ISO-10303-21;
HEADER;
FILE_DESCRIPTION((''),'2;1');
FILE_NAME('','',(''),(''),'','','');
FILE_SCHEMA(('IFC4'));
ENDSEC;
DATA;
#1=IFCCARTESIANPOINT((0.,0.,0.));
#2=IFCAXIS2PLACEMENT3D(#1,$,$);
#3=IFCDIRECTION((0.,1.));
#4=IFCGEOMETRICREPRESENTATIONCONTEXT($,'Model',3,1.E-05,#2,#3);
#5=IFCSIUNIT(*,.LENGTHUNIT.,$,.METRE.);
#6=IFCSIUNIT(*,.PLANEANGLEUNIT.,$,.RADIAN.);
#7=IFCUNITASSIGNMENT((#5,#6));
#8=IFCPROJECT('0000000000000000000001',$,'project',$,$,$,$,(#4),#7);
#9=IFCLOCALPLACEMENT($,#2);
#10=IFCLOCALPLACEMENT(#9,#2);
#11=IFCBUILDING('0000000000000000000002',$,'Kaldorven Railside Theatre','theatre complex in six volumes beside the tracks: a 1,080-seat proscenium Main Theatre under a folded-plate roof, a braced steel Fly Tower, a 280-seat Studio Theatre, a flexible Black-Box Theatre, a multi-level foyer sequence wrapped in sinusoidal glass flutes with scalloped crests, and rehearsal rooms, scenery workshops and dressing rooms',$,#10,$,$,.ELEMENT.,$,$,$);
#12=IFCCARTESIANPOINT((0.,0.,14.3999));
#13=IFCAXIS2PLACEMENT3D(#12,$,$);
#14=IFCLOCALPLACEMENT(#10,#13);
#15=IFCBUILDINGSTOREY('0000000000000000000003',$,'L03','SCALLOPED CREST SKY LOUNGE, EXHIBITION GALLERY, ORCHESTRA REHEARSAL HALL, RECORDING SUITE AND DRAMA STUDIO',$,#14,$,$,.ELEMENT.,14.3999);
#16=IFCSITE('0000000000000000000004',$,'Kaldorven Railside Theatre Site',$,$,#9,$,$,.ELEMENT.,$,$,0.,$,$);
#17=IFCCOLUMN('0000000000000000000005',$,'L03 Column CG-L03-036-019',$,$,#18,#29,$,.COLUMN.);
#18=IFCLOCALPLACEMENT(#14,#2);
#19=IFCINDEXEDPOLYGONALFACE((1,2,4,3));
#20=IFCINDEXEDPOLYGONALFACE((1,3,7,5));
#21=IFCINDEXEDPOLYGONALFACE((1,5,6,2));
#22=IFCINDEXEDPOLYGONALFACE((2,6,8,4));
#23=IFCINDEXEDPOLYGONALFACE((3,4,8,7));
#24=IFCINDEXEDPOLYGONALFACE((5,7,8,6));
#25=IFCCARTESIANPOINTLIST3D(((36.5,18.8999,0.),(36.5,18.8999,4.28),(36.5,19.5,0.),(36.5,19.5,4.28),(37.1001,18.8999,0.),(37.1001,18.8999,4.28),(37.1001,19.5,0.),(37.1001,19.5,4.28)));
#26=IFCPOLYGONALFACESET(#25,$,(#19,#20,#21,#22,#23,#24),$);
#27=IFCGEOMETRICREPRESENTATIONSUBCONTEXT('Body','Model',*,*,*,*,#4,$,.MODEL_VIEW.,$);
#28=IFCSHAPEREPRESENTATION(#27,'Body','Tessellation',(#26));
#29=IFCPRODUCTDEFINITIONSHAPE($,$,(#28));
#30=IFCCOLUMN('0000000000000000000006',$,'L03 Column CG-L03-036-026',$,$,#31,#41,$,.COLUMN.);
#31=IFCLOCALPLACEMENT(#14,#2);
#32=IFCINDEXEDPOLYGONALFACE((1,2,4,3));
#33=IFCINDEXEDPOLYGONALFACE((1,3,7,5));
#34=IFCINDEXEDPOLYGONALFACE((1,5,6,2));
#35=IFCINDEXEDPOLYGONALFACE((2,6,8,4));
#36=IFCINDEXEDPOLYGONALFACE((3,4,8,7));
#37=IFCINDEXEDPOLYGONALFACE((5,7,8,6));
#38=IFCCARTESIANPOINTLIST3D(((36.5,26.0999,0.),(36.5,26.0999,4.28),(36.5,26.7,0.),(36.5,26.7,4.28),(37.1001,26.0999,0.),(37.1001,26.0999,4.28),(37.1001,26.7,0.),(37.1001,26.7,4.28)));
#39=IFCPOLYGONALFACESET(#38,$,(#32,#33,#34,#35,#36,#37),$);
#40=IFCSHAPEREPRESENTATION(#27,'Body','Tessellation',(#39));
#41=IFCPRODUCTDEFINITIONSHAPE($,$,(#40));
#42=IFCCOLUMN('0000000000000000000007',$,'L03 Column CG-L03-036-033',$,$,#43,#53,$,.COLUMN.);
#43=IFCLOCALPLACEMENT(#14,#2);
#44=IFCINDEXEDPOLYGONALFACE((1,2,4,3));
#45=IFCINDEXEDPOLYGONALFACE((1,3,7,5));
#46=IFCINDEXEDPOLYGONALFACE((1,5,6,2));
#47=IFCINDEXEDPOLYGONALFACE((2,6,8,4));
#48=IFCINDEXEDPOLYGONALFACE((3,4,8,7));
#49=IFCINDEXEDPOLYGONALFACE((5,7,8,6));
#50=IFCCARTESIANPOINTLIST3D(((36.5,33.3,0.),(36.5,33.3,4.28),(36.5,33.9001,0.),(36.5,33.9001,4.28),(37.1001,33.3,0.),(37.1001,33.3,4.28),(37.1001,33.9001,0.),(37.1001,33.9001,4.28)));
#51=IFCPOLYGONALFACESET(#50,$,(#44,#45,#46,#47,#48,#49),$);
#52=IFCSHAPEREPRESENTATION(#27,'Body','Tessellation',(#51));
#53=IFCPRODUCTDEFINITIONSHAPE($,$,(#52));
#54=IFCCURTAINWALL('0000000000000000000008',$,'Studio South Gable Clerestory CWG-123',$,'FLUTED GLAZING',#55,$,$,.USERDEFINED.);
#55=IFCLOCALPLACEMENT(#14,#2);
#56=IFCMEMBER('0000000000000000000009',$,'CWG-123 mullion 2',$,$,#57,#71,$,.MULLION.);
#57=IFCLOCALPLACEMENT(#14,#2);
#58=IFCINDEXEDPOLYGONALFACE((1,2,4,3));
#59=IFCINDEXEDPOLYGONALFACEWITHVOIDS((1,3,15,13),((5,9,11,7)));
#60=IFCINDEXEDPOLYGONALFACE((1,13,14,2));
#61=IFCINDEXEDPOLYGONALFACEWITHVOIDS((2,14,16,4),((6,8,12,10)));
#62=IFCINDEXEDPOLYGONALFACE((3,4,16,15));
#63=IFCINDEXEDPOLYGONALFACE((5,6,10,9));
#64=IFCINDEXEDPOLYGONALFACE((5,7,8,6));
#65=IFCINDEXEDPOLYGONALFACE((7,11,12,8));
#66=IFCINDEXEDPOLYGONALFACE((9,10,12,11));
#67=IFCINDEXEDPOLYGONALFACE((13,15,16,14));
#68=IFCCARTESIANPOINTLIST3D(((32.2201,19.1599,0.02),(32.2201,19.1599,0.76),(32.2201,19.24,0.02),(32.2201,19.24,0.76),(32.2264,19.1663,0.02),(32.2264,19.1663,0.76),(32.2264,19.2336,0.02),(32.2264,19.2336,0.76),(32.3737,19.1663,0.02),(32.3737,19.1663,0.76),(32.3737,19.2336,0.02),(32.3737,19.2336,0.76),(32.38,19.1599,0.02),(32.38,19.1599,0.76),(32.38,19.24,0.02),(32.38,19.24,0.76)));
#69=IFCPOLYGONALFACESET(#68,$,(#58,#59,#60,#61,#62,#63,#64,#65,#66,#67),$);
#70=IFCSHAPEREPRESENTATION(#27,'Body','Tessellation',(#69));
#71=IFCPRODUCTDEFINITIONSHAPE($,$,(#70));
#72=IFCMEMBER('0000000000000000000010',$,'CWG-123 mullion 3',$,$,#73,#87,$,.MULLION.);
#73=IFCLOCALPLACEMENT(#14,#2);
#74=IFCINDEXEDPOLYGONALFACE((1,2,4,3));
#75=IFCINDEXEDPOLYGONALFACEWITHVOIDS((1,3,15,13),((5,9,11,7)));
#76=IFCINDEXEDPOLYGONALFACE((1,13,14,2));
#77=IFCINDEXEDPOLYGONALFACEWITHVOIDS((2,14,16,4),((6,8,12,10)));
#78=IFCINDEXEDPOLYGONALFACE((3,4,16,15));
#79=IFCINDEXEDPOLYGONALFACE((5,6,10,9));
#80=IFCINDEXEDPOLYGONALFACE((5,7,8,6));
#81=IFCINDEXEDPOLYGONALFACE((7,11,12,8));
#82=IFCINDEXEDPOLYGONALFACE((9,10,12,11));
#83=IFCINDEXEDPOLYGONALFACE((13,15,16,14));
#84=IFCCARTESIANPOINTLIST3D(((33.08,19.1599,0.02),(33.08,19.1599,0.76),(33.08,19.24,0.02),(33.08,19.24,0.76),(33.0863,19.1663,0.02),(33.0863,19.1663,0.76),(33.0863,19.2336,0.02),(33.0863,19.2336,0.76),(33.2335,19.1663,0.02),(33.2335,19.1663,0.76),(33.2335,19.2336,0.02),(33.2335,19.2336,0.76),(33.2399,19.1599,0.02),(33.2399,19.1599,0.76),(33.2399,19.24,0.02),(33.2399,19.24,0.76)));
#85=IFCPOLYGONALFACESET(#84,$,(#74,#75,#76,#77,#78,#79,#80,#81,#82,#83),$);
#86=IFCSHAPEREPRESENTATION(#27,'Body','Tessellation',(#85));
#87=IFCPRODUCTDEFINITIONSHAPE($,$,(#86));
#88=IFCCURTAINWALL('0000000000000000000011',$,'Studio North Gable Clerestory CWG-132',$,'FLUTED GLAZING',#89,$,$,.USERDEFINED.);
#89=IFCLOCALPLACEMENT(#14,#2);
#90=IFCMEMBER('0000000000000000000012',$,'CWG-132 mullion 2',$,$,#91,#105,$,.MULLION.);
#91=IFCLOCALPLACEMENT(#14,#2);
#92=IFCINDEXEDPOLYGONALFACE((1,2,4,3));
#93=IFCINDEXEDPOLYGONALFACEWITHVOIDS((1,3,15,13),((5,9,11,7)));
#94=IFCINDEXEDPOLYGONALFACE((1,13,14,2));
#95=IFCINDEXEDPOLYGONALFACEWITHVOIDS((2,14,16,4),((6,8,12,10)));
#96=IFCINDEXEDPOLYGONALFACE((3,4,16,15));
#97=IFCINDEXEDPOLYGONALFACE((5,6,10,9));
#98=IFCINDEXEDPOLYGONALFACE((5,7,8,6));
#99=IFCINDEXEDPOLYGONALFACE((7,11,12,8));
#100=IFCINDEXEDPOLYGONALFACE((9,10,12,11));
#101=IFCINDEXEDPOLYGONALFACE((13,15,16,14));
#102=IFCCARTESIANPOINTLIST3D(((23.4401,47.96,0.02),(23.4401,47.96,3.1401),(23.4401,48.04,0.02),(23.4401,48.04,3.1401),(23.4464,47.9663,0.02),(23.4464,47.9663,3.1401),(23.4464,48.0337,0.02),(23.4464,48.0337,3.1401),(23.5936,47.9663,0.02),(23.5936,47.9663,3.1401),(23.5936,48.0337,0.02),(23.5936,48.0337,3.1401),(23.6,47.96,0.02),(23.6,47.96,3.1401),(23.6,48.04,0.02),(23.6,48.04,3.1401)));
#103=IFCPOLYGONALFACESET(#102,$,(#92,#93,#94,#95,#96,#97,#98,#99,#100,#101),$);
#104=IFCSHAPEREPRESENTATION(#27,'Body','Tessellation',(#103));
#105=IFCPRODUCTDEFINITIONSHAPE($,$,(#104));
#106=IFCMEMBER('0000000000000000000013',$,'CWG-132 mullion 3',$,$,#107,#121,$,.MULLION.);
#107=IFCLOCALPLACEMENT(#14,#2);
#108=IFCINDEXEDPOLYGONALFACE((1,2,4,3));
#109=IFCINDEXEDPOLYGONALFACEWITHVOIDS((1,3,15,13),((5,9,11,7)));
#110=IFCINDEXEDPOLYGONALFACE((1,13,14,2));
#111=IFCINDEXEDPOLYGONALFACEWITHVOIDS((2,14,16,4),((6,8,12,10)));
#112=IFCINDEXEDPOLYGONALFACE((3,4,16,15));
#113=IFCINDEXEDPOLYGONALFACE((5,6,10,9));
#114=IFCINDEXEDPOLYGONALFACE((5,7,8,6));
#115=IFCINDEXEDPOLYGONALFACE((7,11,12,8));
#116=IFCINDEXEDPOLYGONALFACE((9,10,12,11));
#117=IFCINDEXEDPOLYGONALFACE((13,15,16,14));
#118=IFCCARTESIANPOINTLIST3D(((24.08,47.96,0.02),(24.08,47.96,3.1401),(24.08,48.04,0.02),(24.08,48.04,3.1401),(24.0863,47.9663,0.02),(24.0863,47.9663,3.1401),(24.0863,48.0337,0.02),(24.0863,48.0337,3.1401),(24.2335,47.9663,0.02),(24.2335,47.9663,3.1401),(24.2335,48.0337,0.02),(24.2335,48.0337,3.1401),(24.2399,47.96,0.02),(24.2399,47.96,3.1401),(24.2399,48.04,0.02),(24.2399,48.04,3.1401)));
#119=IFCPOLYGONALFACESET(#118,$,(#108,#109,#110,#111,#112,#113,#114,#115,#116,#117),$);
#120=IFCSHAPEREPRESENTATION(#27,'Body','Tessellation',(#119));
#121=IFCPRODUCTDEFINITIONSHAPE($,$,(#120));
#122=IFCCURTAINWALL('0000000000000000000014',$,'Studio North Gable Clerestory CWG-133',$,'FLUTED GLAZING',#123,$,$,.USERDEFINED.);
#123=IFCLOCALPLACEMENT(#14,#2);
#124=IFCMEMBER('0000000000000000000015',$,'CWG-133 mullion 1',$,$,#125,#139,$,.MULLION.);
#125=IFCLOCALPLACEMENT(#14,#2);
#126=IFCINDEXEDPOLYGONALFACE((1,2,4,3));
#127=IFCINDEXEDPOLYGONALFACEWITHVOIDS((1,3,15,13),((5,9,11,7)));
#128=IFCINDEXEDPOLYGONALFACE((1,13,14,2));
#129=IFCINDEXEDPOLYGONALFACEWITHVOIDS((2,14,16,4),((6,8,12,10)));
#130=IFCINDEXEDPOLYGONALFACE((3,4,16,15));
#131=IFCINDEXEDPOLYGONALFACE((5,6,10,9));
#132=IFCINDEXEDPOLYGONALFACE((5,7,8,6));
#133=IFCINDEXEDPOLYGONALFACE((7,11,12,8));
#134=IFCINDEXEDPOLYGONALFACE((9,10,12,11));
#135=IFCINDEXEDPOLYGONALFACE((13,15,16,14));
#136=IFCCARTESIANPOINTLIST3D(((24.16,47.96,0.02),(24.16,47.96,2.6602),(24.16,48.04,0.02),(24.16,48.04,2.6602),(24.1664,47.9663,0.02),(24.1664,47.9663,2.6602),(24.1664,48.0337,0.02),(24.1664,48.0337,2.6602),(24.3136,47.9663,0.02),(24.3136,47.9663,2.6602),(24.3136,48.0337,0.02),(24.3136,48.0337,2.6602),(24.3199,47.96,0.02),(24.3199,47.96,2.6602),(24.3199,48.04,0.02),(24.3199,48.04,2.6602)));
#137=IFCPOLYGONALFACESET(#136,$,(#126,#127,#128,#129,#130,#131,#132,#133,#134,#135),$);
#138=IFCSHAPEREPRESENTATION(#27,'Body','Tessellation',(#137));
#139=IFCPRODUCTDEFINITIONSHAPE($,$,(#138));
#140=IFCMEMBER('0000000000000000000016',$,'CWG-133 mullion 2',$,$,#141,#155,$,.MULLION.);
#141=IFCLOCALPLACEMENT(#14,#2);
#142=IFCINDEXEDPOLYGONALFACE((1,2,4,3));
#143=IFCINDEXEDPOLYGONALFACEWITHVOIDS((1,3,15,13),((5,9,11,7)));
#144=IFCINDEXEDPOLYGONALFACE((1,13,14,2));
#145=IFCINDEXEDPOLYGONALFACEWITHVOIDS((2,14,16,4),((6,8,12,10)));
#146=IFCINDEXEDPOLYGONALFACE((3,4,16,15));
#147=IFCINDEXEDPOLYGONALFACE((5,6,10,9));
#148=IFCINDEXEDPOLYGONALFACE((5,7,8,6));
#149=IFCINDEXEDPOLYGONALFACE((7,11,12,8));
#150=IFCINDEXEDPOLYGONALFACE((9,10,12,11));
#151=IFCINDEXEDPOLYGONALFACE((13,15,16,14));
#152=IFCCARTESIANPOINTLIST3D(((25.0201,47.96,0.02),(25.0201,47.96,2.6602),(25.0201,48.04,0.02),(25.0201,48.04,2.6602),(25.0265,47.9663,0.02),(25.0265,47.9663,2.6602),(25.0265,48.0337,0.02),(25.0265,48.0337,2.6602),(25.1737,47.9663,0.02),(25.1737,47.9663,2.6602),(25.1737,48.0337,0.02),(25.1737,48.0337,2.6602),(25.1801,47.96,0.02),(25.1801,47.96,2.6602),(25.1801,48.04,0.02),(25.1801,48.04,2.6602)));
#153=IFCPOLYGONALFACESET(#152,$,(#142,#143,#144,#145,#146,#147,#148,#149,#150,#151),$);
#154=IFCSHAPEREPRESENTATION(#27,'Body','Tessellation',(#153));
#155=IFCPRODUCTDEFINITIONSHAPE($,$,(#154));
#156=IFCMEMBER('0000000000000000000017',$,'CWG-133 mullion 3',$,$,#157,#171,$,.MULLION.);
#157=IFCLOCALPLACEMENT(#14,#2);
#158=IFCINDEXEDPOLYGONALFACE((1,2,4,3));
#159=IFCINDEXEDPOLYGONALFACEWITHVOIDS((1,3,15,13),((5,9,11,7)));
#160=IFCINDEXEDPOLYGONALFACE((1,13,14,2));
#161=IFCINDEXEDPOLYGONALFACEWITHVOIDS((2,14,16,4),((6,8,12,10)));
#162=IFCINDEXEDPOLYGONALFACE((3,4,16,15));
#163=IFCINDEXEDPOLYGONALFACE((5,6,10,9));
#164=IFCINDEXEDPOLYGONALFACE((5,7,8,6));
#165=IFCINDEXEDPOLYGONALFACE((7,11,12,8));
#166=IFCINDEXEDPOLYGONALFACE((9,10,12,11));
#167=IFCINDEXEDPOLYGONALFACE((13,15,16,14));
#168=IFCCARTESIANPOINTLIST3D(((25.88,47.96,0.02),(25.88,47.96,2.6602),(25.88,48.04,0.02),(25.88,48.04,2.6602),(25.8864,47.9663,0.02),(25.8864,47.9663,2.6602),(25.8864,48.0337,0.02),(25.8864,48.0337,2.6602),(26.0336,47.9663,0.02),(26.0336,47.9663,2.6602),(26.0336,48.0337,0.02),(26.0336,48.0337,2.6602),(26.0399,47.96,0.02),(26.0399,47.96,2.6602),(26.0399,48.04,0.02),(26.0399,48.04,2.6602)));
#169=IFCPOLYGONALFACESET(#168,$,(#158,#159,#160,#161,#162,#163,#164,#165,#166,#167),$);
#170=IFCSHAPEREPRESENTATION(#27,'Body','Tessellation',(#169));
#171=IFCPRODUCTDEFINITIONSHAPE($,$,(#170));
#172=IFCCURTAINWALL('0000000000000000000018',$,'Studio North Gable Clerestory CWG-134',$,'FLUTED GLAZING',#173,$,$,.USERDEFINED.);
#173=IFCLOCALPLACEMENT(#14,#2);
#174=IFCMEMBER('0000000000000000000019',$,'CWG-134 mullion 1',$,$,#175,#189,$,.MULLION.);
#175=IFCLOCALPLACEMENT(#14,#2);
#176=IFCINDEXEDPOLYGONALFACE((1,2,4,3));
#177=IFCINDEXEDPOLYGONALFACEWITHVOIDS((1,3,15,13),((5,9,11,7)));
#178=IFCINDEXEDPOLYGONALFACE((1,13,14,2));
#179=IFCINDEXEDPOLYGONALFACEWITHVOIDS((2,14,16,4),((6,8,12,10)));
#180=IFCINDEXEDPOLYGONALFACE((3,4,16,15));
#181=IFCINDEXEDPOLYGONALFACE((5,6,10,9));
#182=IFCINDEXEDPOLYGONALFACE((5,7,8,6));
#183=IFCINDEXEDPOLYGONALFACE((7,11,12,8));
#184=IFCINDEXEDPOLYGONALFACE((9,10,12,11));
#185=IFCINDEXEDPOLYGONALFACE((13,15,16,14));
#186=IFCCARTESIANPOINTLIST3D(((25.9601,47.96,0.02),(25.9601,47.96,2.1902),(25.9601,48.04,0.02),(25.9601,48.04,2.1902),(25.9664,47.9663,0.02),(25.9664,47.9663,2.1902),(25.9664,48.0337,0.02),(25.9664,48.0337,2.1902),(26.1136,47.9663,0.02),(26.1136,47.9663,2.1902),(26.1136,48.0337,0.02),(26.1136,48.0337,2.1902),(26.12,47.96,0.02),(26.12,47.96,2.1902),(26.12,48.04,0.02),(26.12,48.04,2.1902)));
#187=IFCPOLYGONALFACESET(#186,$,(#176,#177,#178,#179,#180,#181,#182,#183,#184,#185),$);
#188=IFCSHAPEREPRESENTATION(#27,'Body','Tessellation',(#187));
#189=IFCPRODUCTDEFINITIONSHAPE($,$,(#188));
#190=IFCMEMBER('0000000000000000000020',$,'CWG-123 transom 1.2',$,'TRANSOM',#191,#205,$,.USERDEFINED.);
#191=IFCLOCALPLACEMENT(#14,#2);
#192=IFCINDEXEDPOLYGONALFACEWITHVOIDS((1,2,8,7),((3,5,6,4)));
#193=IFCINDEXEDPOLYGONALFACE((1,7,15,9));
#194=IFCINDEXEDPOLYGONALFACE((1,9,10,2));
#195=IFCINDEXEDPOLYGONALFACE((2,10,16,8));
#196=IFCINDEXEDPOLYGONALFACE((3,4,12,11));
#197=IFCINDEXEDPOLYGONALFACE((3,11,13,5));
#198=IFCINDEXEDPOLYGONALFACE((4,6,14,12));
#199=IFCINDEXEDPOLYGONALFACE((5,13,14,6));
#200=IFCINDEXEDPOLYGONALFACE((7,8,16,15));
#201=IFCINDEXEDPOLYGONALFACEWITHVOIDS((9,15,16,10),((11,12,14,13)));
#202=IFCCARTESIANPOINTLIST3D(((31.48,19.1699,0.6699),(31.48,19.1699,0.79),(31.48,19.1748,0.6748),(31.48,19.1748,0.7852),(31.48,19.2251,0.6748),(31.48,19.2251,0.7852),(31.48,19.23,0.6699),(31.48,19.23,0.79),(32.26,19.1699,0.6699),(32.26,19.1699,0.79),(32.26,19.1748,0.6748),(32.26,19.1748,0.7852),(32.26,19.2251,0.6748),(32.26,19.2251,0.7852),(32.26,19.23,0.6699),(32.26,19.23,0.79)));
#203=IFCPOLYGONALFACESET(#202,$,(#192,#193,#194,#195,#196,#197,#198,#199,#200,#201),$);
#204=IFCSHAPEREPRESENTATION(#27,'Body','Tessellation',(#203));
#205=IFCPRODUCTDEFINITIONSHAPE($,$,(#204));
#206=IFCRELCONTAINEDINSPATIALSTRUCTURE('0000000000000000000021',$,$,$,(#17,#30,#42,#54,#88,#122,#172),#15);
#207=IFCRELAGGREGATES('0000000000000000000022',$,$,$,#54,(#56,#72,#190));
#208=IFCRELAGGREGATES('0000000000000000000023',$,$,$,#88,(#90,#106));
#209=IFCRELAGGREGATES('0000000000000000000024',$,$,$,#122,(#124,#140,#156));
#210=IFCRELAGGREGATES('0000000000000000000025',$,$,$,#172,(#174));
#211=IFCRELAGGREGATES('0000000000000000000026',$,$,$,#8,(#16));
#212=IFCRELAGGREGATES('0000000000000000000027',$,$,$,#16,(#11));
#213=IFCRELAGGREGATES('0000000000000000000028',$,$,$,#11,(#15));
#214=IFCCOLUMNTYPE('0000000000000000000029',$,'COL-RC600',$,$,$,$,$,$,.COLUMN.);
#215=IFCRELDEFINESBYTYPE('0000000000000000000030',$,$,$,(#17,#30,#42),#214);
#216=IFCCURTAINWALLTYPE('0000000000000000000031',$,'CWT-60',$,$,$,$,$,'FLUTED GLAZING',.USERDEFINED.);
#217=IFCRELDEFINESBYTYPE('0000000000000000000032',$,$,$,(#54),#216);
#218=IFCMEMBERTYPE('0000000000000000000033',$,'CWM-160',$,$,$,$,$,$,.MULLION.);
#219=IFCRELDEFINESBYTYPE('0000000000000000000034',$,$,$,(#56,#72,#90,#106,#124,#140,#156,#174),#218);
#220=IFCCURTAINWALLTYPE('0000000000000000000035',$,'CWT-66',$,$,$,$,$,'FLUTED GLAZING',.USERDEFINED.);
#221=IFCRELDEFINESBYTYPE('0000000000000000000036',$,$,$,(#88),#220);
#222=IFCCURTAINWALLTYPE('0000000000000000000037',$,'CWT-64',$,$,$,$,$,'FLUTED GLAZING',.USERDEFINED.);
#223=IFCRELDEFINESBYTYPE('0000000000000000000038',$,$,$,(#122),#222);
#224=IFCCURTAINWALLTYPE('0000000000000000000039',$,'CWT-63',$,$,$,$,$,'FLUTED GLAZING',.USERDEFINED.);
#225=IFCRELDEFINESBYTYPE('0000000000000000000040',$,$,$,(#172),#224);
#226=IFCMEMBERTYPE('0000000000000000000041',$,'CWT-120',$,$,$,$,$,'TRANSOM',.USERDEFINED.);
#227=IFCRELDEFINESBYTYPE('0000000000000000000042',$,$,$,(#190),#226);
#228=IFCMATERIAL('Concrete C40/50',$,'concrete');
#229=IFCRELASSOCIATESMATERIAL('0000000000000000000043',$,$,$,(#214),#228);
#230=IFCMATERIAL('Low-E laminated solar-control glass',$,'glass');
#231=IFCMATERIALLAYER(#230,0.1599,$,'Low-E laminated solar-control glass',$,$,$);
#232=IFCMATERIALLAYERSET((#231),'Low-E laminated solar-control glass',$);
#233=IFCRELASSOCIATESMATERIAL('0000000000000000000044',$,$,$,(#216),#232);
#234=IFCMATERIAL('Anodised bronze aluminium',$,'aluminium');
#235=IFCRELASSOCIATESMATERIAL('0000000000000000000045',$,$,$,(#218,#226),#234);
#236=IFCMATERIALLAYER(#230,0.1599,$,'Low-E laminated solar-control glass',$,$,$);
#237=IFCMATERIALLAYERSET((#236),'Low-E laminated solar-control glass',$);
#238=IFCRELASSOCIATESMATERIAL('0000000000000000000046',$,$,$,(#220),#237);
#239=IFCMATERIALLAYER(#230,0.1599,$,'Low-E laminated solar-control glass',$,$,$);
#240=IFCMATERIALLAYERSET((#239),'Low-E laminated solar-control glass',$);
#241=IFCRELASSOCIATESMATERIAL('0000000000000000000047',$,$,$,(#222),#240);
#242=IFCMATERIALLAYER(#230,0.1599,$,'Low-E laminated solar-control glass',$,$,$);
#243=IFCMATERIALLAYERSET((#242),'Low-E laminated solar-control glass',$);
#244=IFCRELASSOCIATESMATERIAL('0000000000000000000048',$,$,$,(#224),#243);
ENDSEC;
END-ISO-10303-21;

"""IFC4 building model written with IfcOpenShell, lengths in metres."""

from ifc_helpers import new_model, si_unit, direction, frame, origin, origin_2d, place, context, subcontext, project, spatial, rectangle, hollow_rectangle, extrude, material, layer, layer_set, material_profile, profile_set, type_object, element, aggregate, save


model = new_model("IFC4")

# Units and contexts
model_context = context("Model", 3, precision=1e-05, world=origin(), true_north=direction((0.0, 1.0)))
body_context = subcontext(model_context, "Body", "Model", "MODEL_VIEW")
ifc_project = project(units=[si_unit("LENGTHUNIT", "METRE"), si_unit("PLANEANGLEUNIT", "RADIAN")], contexts=[model_context])

# Site, building, storey
site_placement = place(None, origin())
site = spatial("IfcSite", under=ifc_project, at=site_placement, Name="Kaldorven Railside Theatre Site", CompositionType="ELEMENT", RefElevation=0.0)
building_placement = place(site_placement, origin())
building = spatial("IfcBuilding", under=site, at=building_placement, Name="Kaldorven Railside Theatre", Description="theatre complex in six volumes beside the tracks: a 1,080-seat proscenium Main Theatre under a folded-plate roof, a braced steel Fly Tower, a 280-seat Studio Theatre, a flexible Black-Box Theatre, a multi-level foyer sequence wrapped in sinusoidal glass flutes with scalloped crests, and rehearsal rooms, scenery workshops and dressing rooms", CompositionType="ELEMENT")
storey_placement = place(building_placement, frame((0.0, 0.0, 14.3999)))
storey = spatial("IfcBuildingStorey", under=building, at=storey_placement, Name="L03", Description="SCALLOPED CREST SKY LOUNGE, EXHIBITION GALLERY, ORCHESTRA REHEARSAL HALL, RECORDING SUITE AND DRAMA STUDIO", CompositionType="ELEMENT", Elevation=14.3999)

# Columns
ifc_material_1 = material(Name="Concrete C40/50", Category="concrete")
ifc_material_profile_1 = material_profile(ifc_material_1, rectangle(XDim=0.6001, YDim=0.6001, at=origin_2d()), Name="RC 600x600")
ifc_profile_set_1 = profile_set([ifc_material_profile_1], Name="Concrete C40/50")
column_type = type_object("IfcColumnType", Name="COL-RC600", PredefinedType="COLUMN", material=ifc_profile_set_1)
for number, where, z_axis, x_axis, name in (
    (1, (36.8, 19.2, 0.0), (0.0, 0.0, 1.0), (1.0, 0.0, 0.0), "L03 Column CG-L03-036-019"),
    (2, (36.8, 26.3999, 0.0), (0.0, 0.0, 1.0), (0.0, 1.0, 0.0), "L03 Column CG-L03-036-026"),
    (3, (36.8, 33.6001, 0.0), (0.0, 0.0, 1.0), (1.0, 0.0, 0.0), "L03 Column CG-L03-036-033"),
):
    element("IfcColumn", number, at=place(storey_placement, frame(where, z_axis=z_axis, x_axis=x_axis)), inside=storey, type_object=column_type, Name=name, PredefinedType="COLUMN", context=body_context, shape_type="SweptSolid", body=[
        extrude(rectangle(XDim=0.6001, YDim=0.6001, at=origin_2d()), origin(), (0.0, 0.0, 1.0), 4.28),
    ])

# Curtain walls, members
ifc_material_2 = material(Name="Low-E laminated solar-control glass", Category="glass")
ifc_layer_1 = layer(ifc_material_2, 0.1599, Name="Low-E laminated solar-control glass")
ifc_layer_set_1 = layer_set([ifc_layer_1], Name="Low-E laminated solar-control glass")
curtain_wall_type_1 = type_object("IfcCurtainWallType", Name="CWT-60", ElementType="FLUTED GLAZING", PredefinedType="USERDEFINED", material=ifc_layer_set_1)
curtain_wall_1_placement = place(storey_placement, origin())
curtain_wall_1 = element("IfcCurtainWall", 4, at=curtain_wall_1_placement, inside=storey, type_object=curtain_wall_type_1, Name="Studio South Gable Clerestory CWG-123", ObjectType="FLUTED GLAZING", PredefinedType="USERDEFINED")
ifc_material_3 = material(Name="Anodised bronze aluminium", Category="aluminium")
ifc_material_profile_2 = material_profile(ifc_material_3, hollow_rectangle(XDim=0.0801, YDim=0.1599, WallThickness=0.0063, at=origin_2d()), Name="RHS 160x80x6.3")
ifc_profile_set_2 = profile_set([ifc_material_profile_2], Name="Anodised bronze aluminium")
member_type_1 = type_object("IfcMemberType", Name="CWM-160", PredefinedType="MULLION", material=ifc_profile_set_2)
member_1_placement = place(storey_placement, frame((32.3, 19.2, 0.02), z_axis=(0.0, 0.0, 1.0), x_axis=(0.0, 1.0, 0.0)))
member_1 = element("IfcMember", 5, at=member_1_placement, type_object=member_type_1, Name="CWG-123 mullion 2", PredefinedType="MULLION", context=body_context, shape_type="SweptSolid", body=[
    extrude(hollow_rectangle(XDim=0.0801, YDim=0.1599, WallThickness=0.0063, at=origin_2d()), origin(), (0.0, 0.0, 1.0), 0.74),
])
member_2_placement = place(storey_placement, frame((33.1599, 19.2, 0.02), z_axis=(0.0, 0.0, 1.0), x_axis=(0.0, 1.0, 0.0)))
member_2 = element("IfcMember", 6, at=member_2_placement, type_object=member_type_1, Name="CWG-123 mullion 3", PredefinedType="MULLION", context=body_context, shape_type="SweptSolid", body=[
    extrude(hollow_rectangle(XDim=0.0801, YDim=0.1599, WallThickness=0.0063, at=origin_2d()), origin(), (0.0, 0.0, 1.0), 0.74),
])
ifc_layer_2 = layer(ifc_material_2, 0.1599, Name="Low-E laminated solar-control glass")
ifc_layer_set_2 = layer_set([ifc_layer_2], Name="Low-E laminated solar-control glass")
curtain_wall_type_2 = type_object("IfcCurtainWallType", Name="CWT-66", ElementType="FLUTED GLAZING", PredefinedType="USERDEFINED", material=ifc_layer_set_2)
curtain_wall_2_placement = place(storey_placement, origin())
curtain_wall_2 = element("IfcCurtainWall", 7, at=curtain_wall_2_placement, inside=storey, type_object=curtain_wall_type_2, Name="Studio North Gable Clerestory CWG-132", ObjectType="FLUTED GLAZING", PredefinedType="USERDEFINED")
member_3_placement = place(storey_placement, frame((23.52, 48.0, 0.02), z_axis=(0.0, 0.0, 1.0), x_axis=(0.0, 1.0, 0.0)))
member_3 = element("IfcMember", 8, at=member_3_placement, type_object=member_type_1, Name="CWG-132 mullion 2", PredefinedType="MULLION", context=body_context, shape_type="SweptSolid", body=[
    extrude(hollow_rectangle(XDim=0.0801, YDim=0.1599, WallThickness=0.0063, at=origin_2d()), origin(), (0.0, 0.0, 1.0), 3.1201),
])
member_4_placement = place(storey_placement, frame((24.1599, 48.0, 0.02), z_axis=(0.0, 0.0, 1.0), x_axis=(0.0, 1.0, 0.0)))
member_4 = element("IfcMember", 9, at=member_4_placement, type_object=member_type_1, Name="CWG-132 mullion 3", PredefinedType="MULLION", context=body_context, shape_type="SweptSolid", body=[
    extrude(hollow_rectangle(XDim=0.0801, YDim=0.1599, WallThickness=0.0063, at=origin_2d()), origin(), (0.0, 0.0, 1.0), 3.1201),
])
ifc_layer_3 = layer(ifc_material_2, 0.1599, Name="Low-E laminated solar-control glass")
ifc_layer_set_3 = layer_set([ifc_layer_3], Name="Low-E laminated solar-control glass")
curtain_wall_type_3 = type_object("IfcCurtainWallType", Name="CWT-64", ElementType="FLUTED GLAZING", PredefinedType="USERDEFINED", material=ifc_layer_set_3)
curtain_wall_3_placement = place(storey_placement, origin())
curtain_wall_3 = element("IfcCurtainWall", 10, at=curtain_wall_3_placement, inside=storey, type_object=curtain_wall_type_3, Name="Studio North Gable Clerestory CWG-133", ObjectType="FLUTED GLAZING", PredefinedType="USERDEFINED")
member_5_placement = place(storey_placement, frame((24.24, 48.0, 0.02), z_axis=(0.0, 0.0, 1.0), x_axis=(0.0, 1.0, 0.0)))
member_5 = element("IfcMember", 11, at=member_5_placement, type_object=member_type_1, Name="CWG-133 mullion 1", PredefinedType="MULLION", context=body_context, shape_type="SweptSolid", body=[
    extrude(hollow_rectangle(XDim=0.0801, YDim=0.1599, WallThickness=0.0063, at=origin_2d()), origin(), (0.0, 0.0, 1.0), 2.6401),
])
member_6_placement = place(storey_placement, frame((25.1001, 48.0, 0.02), z_axis=(0.0, 0.0, 1.0), x_axis=(0.0, 1.0, 0.0)))
member_6 = element("IfcMember", 12, at=member_6_placement, type_object=member_type_1, Name="CWG-133 mullion 2", PredefinedType="MULLION", context=body_context, shape_type="SweptSolid", body=[
    extrude(hollow_rectangle(XDim=0.0801, YDim=0.1599, WallThickness=0.0063, at=origin_2d()), origin(), (0.0, 0.0, 1.0), 2.6401),
])
member_7_placement = place(storey_placement, frame((25.96, 48.0, 0.02), z_axis=(0.0, 0.0, 1.0), x_axis=(0.0, 1.0, 0.0)))
member_7 = element("IfcMember", 13, at=member_7_placement, type_object=member_type_1, Name="CWG-133 mullion 3", PredefinedType="MULLION", context=body_context, shape_type="SweptSolid", body=[
    extrude(hollow_rectangle(XDim=0.0801, YDim=0.1599, WallThickness=0.0063, at=origin_2d()), origin(), (0.0, 0.0, 1.0), 2.6401),
])

# Curtain wall, member
ifc_layer_4 = layer(ifc_material_2, 0.1599, Name="Low-E laminated solar-control glass")
ifc_layer_set_4 = layer_set([ifc_layer_4], Name="Low-E laminated solar-control glass")
curtain_wall_type_4 = type_object("IfcCurtainWallType", Name="CWT-63", ElementType="FLUTED GLAZING", PredefinedType="USERDEFINED", material=ifc_layer_set_4)
curtain_wall_4_placement = place(storey_placement, origin())
curtain_wall_4 = element("IfcCurtainWall", 14, at=curtain_wall_4_placement, inside=storey, type_object=curtain_wall_type_4, Name="Studio North Gable Clerestory CWG-134", ObjectType="FLUTED GLAZING", PredefinedType="USERDEFINED")
member_8_placement = place(storey_placement, frame((26.04, 48.0, 0.02), z_axis=(0.0, 0.0, 1.0), x_axis=(0.0, 1.0, 0.0)))
member_8 = element("IfcMember", 15, at=member_8_placement, type_object=member_type_1, Name="CWG-134 mullion 1", PredefinedType="MULLION", context=body_context, shape_type="SweptSolid", body=[
    extrude(hollow_rectangle(XDim=0.0801, YDim=0.1599, WallThickness=0.0063, at=origin_2d()), origin(), (0.0, 0.0, 1.0), 2.1702),
])

# Member
ifc_material_profile_3 = material_profile(ifc_material_3, hollow_rectangle(XDim=0.0601, YDim=0.1201, WallThickness=0.0049, at=origin_2d()), Name="RHS 120x60x5")
ifc_profile_set_3 = profile_set([ifc_material_profile_3], Name="Anodised bronze aluminium")
member_type_2 = type_object("IfcMemberType", Name="CWT-120", ElementType="TRANSOM", PredefinedType="USERDEFINED", material=ifc_profile_set_3)
member_9_placement = place(storey_placement, frame((31.48, 19.2, 0.73), z_axis=(1.0, 0.0, 0.0), x_axis=(0.0, 1.0, 0.0)))
member_9 = element("IfcMember", 16, at=member_9_placement, type_object=member_type_2, Name="CWG-123 transom 1.2", ObjectType="TRANSOM", PredefinedType="USERDEFINED", context=body_context, shape_type="SweptSolid", body=[
    extrude(hollow_rectangle(XDim=0.0601, YDim=0.1201, WallThickness=0.0049, at=origin_2d()), origin(), (0.0, 0.0, 1.0), 0.78),
])

aggregate(curtain_wall_1, [member_1, member_2, member_9])
aggregate(curtain_wall_2, [member_3, member_4])
aggregate(curtain_wall_3, [member_5, member_6, member_7])
aggregate(curtain_wall_4, [member_8])

save(model, "model.ifc")
